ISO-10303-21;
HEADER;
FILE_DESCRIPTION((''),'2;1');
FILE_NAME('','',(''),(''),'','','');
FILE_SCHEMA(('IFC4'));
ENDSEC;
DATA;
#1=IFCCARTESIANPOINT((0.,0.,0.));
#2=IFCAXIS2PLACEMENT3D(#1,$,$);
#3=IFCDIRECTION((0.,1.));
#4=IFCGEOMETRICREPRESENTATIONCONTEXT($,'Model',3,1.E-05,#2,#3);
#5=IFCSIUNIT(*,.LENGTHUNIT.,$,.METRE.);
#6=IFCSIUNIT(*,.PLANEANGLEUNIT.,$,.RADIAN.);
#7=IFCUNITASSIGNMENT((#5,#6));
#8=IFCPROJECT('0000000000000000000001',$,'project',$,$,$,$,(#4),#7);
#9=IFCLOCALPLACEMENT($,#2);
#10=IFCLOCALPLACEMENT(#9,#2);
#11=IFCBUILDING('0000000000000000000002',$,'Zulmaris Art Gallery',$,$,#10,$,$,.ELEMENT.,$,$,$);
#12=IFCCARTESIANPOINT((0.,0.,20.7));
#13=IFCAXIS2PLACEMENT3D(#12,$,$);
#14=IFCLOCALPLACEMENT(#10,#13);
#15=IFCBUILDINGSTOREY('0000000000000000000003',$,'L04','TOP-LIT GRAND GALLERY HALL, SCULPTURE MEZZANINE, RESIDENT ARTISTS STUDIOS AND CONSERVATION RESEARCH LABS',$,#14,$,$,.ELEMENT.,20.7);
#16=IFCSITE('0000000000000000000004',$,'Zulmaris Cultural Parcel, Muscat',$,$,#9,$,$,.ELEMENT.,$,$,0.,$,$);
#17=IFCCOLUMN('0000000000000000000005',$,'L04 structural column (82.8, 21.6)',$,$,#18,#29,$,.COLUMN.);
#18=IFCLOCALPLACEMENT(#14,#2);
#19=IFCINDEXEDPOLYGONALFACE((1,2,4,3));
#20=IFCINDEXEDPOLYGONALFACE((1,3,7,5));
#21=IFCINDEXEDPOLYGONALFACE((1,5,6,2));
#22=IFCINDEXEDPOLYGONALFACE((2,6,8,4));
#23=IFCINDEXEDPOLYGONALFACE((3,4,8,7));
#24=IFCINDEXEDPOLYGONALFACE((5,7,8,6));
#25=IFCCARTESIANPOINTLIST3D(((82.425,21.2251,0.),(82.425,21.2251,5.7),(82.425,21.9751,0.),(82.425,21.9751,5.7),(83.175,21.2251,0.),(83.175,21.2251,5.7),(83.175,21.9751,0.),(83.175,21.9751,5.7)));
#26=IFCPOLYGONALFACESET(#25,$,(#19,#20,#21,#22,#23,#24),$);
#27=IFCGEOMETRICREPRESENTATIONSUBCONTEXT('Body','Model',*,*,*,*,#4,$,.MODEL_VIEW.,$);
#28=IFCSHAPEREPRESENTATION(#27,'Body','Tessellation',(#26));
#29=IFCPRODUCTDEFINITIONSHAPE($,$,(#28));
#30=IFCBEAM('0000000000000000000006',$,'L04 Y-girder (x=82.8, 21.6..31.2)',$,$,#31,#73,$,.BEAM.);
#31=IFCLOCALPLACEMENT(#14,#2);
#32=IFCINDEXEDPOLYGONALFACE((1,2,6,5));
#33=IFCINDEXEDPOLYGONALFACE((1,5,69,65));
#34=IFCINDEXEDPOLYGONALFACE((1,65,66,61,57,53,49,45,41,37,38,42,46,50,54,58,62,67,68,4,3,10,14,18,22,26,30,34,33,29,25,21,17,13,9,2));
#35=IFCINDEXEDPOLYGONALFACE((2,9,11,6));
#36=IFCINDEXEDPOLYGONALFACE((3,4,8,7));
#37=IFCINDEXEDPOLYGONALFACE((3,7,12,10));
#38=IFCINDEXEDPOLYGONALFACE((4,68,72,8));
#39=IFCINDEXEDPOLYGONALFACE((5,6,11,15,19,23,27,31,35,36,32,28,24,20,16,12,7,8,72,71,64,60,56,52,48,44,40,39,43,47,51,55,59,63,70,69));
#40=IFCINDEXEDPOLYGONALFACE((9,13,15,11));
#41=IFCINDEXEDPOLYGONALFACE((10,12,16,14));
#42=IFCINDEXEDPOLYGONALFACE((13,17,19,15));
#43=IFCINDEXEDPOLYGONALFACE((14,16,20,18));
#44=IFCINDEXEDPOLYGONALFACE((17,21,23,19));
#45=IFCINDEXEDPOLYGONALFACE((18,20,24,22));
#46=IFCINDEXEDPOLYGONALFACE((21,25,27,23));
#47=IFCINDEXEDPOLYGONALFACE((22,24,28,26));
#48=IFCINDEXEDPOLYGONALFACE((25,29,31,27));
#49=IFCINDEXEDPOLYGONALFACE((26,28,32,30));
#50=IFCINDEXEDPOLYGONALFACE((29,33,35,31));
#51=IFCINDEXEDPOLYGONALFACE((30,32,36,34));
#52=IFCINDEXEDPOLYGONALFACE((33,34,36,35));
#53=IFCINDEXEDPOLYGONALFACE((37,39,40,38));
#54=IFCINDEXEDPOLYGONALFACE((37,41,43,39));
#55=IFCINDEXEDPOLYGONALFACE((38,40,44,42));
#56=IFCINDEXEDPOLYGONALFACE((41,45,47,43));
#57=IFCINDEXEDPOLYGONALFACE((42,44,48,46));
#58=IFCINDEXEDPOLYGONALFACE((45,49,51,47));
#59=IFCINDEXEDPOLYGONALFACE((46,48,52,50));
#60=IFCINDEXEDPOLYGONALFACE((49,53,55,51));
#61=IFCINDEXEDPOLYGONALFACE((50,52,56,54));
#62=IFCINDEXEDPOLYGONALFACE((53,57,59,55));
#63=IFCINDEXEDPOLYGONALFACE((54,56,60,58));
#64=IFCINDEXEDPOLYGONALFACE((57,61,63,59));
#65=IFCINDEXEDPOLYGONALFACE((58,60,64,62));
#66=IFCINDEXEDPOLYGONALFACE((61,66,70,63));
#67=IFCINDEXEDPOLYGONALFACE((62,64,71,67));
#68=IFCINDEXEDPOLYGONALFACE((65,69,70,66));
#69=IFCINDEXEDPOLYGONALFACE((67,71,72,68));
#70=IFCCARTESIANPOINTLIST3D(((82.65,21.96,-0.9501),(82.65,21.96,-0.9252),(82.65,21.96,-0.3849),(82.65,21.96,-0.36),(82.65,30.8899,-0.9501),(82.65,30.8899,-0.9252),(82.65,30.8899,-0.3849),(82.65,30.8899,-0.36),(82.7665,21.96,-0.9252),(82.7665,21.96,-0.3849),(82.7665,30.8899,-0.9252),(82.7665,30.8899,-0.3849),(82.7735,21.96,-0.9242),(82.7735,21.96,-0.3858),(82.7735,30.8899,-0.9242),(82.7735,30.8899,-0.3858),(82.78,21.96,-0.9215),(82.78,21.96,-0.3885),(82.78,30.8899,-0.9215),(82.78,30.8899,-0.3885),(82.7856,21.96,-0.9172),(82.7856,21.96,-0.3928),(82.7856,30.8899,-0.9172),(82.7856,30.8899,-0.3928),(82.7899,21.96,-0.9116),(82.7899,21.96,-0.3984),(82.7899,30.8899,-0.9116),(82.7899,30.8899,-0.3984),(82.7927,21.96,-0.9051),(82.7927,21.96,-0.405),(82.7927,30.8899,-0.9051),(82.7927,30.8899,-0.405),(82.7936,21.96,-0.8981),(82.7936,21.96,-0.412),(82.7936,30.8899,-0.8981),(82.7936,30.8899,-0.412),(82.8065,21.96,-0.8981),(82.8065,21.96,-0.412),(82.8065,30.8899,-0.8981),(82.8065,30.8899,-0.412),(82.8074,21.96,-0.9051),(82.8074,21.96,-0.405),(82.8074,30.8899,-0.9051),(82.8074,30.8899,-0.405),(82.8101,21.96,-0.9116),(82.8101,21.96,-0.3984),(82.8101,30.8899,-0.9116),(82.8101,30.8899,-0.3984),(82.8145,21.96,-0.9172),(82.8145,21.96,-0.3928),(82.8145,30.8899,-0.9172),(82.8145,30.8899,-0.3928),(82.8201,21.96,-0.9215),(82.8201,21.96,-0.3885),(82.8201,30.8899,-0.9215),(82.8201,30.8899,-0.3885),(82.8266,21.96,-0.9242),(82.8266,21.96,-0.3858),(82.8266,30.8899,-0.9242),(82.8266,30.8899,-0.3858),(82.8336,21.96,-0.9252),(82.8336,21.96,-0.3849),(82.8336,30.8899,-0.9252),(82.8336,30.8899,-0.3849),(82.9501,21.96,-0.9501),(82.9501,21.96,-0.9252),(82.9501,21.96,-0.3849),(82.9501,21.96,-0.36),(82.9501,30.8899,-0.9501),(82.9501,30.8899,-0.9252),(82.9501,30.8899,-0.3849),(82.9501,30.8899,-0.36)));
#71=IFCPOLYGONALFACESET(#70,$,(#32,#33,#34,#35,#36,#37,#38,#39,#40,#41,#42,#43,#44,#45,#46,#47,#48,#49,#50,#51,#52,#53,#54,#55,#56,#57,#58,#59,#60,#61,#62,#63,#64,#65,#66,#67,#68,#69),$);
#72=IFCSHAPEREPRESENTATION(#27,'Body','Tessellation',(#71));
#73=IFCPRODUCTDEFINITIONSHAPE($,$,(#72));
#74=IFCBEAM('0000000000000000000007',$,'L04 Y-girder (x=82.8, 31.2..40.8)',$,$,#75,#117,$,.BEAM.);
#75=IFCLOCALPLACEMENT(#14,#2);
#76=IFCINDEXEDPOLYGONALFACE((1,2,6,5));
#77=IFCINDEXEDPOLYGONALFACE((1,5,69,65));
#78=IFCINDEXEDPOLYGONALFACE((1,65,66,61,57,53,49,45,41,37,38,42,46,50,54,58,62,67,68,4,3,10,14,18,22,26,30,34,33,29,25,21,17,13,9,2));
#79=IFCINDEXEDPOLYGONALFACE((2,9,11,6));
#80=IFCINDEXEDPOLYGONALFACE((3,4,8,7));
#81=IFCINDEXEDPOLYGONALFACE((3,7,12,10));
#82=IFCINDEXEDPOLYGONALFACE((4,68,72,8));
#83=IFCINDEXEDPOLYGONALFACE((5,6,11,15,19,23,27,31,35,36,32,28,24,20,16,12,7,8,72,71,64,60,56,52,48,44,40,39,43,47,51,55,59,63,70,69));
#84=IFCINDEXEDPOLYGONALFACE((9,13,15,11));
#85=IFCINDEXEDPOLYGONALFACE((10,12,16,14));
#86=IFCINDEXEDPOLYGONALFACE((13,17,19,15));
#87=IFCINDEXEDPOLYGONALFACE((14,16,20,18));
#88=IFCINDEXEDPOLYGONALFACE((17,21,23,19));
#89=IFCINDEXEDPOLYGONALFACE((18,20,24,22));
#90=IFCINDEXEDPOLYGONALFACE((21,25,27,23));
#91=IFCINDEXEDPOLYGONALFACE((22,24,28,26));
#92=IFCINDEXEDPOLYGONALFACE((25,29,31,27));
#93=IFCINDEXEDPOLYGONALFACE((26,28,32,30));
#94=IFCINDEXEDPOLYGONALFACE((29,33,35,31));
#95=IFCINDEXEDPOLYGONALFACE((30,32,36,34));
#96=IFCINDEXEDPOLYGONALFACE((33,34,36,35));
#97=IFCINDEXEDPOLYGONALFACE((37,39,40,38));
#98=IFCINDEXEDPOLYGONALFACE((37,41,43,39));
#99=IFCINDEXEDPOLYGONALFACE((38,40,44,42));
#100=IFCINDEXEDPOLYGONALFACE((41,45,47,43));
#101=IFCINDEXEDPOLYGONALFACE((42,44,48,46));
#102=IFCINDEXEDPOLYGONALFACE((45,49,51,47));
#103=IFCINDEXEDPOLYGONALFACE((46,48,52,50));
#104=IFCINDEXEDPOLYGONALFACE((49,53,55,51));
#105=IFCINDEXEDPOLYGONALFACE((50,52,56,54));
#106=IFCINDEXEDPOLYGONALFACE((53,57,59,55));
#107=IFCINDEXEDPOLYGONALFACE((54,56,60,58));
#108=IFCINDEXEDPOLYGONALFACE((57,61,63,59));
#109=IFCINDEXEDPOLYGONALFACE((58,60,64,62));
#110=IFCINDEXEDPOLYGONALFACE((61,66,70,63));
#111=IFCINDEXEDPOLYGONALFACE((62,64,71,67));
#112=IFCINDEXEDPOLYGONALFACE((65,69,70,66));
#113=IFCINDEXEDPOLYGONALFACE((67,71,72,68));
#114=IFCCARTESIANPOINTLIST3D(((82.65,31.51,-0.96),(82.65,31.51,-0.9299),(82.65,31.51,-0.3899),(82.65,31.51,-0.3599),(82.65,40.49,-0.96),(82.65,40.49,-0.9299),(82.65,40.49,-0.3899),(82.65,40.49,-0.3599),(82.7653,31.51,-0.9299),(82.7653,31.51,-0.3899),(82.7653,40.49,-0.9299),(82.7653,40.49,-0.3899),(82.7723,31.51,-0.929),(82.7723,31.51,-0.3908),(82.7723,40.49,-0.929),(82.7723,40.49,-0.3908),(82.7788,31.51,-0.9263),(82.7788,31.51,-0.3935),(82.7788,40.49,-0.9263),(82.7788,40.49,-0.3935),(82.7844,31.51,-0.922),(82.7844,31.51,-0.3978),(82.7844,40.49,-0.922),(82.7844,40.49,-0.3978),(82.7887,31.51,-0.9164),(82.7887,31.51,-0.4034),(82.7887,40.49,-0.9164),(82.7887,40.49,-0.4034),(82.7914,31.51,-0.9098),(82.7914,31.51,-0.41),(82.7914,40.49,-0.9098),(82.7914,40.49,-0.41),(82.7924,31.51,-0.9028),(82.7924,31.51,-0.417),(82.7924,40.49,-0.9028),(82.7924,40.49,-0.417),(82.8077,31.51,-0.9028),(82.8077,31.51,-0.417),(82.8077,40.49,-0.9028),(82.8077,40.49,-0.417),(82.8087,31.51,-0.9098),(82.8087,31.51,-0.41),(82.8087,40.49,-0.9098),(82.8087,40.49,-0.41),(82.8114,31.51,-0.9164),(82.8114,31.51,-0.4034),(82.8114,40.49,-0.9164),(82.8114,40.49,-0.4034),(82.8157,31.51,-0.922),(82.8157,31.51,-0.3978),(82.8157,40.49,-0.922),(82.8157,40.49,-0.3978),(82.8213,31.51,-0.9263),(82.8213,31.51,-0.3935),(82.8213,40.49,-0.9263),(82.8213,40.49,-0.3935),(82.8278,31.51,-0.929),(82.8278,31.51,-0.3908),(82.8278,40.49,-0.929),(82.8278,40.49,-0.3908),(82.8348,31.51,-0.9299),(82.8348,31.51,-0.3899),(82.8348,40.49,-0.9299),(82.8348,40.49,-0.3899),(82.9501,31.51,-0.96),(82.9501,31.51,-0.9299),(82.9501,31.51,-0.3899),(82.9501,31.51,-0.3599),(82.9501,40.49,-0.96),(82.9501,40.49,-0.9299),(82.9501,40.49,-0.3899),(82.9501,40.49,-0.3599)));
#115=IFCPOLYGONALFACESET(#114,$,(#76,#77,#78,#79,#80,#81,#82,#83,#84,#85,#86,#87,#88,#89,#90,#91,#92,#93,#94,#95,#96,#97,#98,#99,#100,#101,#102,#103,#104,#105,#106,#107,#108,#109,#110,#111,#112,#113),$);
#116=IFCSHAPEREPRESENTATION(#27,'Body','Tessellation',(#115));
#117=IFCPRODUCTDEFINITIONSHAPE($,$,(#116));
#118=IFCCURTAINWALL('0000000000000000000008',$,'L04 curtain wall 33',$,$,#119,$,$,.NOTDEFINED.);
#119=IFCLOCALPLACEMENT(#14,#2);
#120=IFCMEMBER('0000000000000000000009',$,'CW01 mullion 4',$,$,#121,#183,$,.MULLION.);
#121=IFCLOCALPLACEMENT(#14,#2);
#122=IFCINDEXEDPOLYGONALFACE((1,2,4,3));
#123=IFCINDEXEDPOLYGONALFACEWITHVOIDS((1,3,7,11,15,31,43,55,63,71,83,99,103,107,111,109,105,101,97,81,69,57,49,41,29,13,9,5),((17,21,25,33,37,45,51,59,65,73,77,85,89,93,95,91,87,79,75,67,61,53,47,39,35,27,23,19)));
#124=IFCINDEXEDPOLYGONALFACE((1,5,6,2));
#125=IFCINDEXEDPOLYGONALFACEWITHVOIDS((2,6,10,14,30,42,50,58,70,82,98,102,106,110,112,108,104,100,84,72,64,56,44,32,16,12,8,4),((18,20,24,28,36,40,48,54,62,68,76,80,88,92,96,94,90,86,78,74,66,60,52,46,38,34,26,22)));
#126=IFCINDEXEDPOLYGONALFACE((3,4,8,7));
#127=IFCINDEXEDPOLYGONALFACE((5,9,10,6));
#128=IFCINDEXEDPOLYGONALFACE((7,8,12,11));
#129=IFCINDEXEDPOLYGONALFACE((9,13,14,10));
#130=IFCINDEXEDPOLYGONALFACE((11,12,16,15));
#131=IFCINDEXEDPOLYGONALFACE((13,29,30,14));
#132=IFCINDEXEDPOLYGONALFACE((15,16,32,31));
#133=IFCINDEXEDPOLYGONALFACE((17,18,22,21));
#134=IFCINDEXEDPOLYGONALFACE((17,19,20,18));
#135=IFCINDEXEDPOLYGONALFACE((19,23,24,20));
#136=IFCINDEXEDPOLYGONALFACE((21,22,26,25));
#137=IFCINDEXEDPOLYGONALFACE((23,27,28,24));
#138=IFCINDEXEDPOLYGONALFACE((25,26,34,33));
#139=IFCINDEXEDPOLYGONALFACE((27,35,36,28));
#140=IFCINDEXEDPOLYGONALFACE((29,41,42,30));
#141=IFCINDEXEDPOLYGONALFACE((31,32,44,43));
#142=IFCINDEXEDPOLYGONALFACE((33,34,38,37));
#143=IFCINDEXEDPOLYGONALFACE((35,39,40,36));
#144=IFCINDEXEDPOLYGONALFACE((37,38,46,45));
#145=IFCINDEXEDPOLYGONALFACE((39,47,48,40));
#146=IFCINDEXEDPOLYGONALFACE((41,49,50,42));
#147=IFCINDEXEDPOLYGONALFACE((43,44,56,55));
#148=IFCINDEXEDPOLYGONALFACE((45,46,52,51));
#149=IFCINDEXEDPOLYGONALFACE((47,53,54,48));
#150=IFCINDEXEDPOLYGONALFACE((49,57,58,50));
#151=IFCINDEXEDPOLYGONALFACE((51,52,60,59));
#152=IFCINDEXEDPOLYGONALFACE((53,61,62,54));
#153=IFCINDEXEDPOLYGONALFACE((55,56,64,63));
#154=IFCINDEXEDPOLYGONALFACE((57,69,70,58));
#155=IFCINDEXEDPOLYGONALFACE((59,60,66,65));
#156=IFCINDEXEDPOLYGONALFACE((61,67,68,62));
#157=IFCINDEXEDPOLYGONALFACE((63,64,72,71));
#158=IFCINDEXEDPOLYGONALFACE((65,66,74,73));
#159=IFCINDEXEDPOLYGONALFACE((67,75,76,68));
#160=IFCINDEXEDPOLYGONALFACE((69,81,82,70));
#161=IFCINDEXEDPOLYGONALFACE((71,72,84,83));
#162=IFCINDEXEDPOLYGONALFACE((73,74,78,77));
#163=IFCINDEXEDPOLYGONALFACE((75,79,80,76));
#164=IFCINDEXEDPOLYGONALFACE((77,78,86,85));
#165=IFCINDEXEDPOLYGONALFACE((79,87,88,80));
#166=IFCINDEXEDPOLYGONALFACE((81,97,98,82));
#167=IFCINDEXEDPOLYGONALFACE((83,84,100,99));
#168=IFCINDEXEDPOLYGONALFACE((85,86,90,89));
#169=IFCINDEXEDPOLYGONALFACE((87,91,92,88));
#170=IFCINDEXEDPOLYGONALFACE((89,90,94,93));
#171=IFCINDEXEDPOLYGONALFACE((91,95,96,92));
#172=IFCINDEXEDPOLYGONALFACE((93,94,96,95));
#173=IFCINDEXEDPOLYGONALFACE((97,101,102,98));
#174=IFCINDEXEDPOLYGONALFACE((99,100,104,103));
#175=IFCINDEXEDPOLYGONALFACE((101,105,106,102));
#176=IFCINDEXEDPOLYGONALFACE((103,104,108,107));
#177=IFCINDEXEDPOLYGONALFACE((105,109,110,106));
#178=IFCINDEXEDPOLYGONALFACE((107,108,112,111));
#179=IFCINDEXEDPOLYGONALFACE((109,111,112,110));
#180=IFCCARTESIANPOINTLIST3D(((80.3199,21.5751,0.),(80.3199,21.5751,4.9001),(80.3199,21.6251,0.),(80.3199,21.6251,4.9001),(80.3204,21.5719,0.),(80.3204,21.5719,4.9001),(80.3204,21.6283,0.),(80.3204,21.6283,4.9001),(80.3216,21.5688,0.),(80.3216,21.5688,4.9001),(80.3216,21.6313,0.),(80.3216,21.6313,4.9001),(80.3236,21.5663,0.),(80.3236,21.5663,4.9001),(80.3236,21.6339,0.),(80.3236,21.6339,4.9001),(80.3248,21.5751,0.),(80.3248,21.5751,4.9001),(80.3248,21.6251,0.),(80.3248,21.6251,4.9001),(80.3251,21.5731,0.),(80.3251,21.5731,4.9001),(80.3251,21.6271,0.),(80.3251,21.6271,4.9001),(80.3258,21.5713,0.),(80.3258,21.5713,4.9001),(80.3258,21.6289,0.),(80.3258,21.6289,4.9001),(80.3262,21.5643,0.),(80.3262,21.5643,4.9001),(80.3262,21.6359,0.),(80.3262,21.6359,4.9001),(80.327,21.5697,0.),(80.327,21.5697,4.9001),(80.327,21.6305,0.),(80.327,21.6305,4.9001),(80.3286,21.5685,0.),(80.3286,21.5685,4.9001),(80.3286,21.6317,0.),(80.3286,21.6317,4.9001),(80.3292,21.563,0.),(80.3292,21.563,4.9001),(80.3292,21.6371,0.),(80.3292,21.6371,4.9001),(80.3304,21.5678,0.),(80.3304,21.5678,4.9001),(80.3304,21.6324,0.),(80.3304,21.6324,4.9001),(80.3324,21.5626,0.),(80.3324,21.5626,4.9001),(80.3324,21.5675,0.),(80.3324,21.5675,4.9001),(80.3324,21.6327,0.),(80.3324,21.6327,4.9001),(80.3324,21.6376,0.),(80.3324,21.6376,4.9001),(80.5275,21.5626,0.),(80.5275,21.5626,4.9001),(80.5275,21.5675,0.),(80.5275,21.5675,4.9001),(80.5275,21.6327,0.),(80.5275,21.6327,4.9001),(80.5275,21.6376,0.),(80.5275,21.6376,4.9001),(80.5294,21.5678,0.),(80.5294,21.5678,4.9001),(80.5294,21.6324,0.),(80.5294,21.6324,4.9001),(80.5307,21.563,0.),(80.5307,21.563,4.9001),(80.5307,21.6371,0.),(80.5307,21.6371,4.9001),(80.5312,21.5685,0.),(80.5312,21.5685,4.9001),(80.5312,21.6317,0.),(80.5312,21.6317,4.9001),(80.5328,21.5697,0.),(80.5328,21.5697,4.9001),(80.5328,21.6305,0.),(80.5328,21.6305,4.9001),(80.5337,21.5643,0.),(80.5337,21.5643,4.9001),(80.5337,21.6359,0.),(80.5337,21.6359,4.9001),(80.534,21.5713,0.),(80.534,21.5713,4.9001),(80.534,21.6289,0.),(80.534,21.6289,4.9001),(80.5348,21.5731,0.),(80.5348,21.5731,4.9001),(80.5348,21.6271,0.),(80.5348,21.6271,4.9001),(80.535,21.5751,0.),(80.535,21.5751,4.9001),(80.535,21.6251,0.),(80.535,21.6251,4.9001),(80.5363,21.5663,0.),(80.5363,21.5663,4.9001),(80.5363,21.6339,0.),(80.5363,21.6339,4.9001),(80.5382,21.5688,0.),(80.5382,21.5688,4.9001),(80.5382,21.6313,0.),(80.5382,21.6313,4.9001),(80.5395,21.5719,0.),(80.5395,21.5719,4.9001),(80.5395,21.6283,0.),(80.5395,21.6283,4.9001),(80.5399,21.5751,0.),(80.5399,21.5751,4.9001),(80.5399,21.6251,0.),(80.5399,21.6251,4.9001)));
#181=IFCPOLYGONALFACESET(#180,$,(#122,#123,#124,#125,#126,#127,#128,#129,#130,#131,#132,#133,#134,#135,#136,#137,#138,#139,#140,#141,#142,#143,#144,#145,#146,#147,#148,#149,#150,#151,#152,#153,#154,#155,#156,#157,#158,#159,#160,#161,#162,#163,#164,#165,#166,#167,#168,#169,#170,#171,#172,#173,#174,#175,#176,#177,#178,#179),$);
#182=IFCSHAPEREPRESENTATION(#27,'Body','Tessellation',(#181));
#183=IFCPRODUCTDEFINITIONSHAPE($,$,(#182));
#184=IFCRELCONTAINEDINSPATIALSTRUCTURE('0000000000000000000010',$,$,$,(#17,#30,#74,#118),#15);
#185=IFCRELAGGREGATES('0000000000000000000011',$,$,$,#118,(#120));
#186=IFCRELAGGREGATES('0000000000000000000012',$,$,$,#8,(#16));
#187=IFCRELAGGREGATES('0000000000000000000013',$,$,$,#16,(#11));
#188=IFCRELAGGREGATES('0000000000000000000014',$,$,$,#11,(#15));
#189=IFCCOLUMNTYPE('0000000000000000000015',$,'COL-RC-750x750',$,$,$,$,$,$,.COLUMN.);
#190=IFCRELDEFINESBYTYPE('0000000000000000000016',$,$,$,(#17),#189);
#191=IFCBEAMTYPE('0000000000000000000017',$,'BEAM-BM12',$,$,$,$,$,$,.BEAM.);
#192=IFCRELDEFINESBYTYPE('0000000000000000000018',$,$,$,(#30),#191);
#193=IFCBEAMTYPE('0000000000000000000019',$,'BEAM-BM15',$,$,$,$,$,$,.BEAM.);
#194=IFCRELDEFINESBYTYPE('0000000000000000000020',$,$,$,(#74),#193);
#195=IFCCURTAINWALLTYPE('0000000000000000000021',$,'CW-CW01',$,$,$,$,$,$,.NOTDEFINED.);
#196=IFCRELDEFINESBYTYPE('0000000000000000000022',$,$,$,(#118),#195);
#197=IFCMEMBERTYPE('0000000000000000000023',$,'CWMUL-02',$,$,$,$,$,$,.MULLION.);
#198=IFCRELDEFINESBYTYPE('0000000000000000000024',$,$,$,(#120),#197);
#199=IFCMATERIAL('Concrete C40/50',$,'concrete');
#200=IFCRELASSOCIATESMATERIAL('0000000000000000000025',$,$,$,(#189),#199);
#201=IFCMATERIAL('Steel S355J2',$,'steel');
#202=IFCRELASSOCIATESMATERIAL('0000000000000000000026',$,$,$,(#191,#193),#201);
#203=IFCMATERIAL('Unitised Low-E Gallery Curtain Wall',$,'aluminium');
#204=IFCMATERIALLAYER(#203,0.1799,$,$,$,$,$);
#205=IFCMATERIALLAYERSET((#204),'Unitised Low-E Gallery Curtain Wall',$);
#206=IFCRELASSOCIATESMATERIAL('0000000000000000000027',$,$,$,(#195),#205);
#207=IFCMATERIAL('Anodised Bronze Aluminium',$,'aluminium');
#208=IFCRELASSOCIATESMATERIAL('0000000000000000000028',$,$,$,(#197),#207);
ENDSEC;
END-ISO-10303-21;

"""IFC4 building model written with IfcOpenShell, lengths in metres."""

from ifc_helpers import new_model, si_unit, direction, frame, origin, origin_2d, place, context, subcontext, project, spatial, rectangle, hollow_rectangle, i_section, extrude, material, layer, layer_set, material_profile, profile_set, type_object, element, aggregate, save


model = new_model("IFC4")

# Units and contexts
model_context = context("Model", 3, precision=1e-05, world=origin(), true_north=direction((0.0, 1.0)))
body_context = subcontext(model_context, "Body", "Model", "MODEL_VIEW")
ifc_project = project(units=[si_unit("LENGTHUNIT", "METRE"), si_unit("PLANEANGLEUNIT", "RADIAN")], contexts=[model_context])

# Site, building, storey
site_placement = place(None, origin())
site = spatial("IfcSite", under=ifc_project, at=site_placement, Name="Zulmaris Cultural Parcel, Muscat", CompositionType="ELEMENT", RefElevation=0.0)
building_placement = place(site_placement, origin())
building = spatial("IfcBuilding", under=site, at=building_placement, Name="Zulmaris Art Gallery", CompositionType="ELEMENT")
storey_placement = place(building_placement, frame((0.0, 0.0, 20.7)))
storey = spatial("IfcBuildingStorey", under=building, at=storey_placement, Name="L04", Description="TOP-LIT GRAND GALLERY HALL, SCULPTURE MEZZANINE, RESIDENT ARTISTS STUDIOS AND CONSERVATION RESEARCH LABS", CompositionType="ELEMENT", Elevation=20.7)

# Column
ifc_material_1 = material(Name="Concrete C40/50", Category="concrete")
ifc_material_profile_1 = material_profile(ifc_material_1, rectangle(XDim=0.75, YDim=0.75, at=origin_2d()), Name="RC 750x750")
ifc_profile_set_1 = profile_set([ifc_material_profile_1], Name="Concrete C40/50")
column_type = type_object("IfcColumnType", Name="COL-RC-750x750", PredefinedType="COLUMN", material=ifc_profile_set_1)
column_placement = place(storey_placement, frame((82.8, 21.6001, 0.0), z_axis=(0.0, 0.0, 1.0), x_axis=(1.0, 0.0, 0.0)))
element("IfcColumn", 1, at=column_placement, inside=storey, type_object=column_type, Name="L04 structural column (82.8, 21.6)", PredefinedType="COLUMN", context=body_context, shape_type="SweptSolid", body=[
    extrude(rectangle(XDim=0.75, YDim=0.75, at=origin_2d()), origin(), (0.0, 0.0, 1.0), 5.7),
])

# Beams
ifc_material_2 = material(Name="Steel S355J2", Category="steel")
ifc_material_profile_2 = material_profile(ifc_material_2, i_section(OverallWidth=0.3, OverallDepth=0.5901, WebThickness=0.0129, FlangeThickness=0.0249, FilletRadius=0.0271, at=origin_2d()), Name="HEA 600")
ifc_profile_set_2 = profile_set([ifc_material_profile_2], Name="Steel S355J2")
beam_type_1 = type_object("IfcBeamType", Name="BEAM-BM12", PredefinedType="BEAM", material=ifc_profile_set_2)
beam_1_placement = place(storey_placement, frame((82.8, 21.96, -0.655), z_axis=(0.0, 1.0, 0.0), x_axis=(-1.0, 0.0, 0.0)))
element("IfcBeam", 2, at=beam_1_placement, inside=storey, type_object=beam_type_1, Name="L04 Y-girder (x=82.8, 21.6..31.2)", PredefinedType="BEAM", context=body_context, shape_type="SweptSolid", body=[
    extrude(i_section(OverallWidth=0.3, OverallDepth=0.5901, WebThickness=0.0129, FlangeThickness=0.0249, FilletRadius=0.0271, at=origin_2d()), origin(), (0.0, 0.0, 1.0), 8.9299),
])
ifc_material_profile_3 = material_profile(ifc_material_2, i_section(OverallWidth=0.3, OverallDepth=0.6001, WebThickness=0.0154, FlangeThickness=0.03, FilletRadius=0.0271, at=origin_2d()), Name="HEB 600")
ifc_profile_set_3 = profile_set([ifc_material_profile_3], Name="Steel S355J2")
beam_type_2 = type_object("IfcBeamType", Name="BEAM-BM15", PredefinedType="BEAM", material=ifc_profile_set_3)
beam_2_placement = place(storey_placement, frame((82.8, 31.51, -0.6599), z_axis=(0.0, 1.0, 0.0), x_axis=(-1.0, 0.0, 0.0)))
element("IfcBeam", 3, at=beam_2_placement, inside=storey, type_object=beam_type_2, Name="L04 Y-girder (x=82.8, 31.2..40.8)", PredefinedType="BEAM", context=body_context, shape_type="SweptSolid", body=[
    extrude(i_section(OverallWidth=0.3, OverallDepth=0.6001, WebThickness=0.0154, FlangeThickness=0.03, FilletRadius=0.0271, at=origin_2d()), origin(), (0.0, 0.0, 1.0), 8.98),
])

# Curtain wall, member
ifc_material_3 = material(Name="Unitised Low-E Gallery Curtain Wall", Category="aluminium")
ifc_layer_1 = layer(ifc_material_3, 0.1799)
ifc_layer_set_1 = layer_set([ifc_layer_1], Name="Unitised Low-E Gallery Curtain Wall")
curtain_wall_type_1 = type_object("IfcCurtainWallType", Name="CW-CW01", PredefinedType="NOTDEFINED", material=ifc_layer_set_1)
curtain_wall_1_placement = place(storey_placement, origin())
curtain_wall_1 = element("IfcCurtainWall", 4, at=curtain_wall_1_placement, inside=storey, type_object=curtain_wall_type_1, Name="L04 curtain wall 33", PredefinedType="NOTDEFINED")
ifc_material_4 = material(Name="Anodised Bronze Aluminium", Category="aluminium")
ifc_material_profile_4 = material_profile(ifc_material_4, hollow_rectangle(XDim=0.075, YDim=0.22, WallThickness=0.0049, InnerFilletRadius=0.0076, OuterFilletRadius=0.0125, at=origin_2d()), Name="ALU 75x220x5")
ifc_profile_set_4 = profile_set([ifc_material_profile_4], Name="Anodised Bronze Aluminium")
member_type_1 = type_object("IfcMemberType", Name="CWMUL-02", PredefinedType="MULLION", material=ifc_profile_set_4)
member_1_placement = place(storey_placement, frame((80.4299, 21.6001, 0.0), z_axis=(0.0, 0.0, 1.0), x_axis=(0.0, 1.0, 0.0)))
member_1 = element("IfcMember", 5, at=member_1_placement, type_object=member_type_1, Name="CW01 mullion 4", PredefinedType="MULLION", context=body_context, shape_type="SweptSolid", body=[
    extrude(hollow_rectangle(XDim=0.075, YDim=0.22, WallThickness=0.0049, InnerFilletRadius=0.0076, OuterFilletRadius=0.0125, at=origin_2d()), origin(), (0.0, 0.0, 1.0), 4.9001),
])

aggregate(curtain_wall_1, [member_1])

save(model, "model.ifc")
